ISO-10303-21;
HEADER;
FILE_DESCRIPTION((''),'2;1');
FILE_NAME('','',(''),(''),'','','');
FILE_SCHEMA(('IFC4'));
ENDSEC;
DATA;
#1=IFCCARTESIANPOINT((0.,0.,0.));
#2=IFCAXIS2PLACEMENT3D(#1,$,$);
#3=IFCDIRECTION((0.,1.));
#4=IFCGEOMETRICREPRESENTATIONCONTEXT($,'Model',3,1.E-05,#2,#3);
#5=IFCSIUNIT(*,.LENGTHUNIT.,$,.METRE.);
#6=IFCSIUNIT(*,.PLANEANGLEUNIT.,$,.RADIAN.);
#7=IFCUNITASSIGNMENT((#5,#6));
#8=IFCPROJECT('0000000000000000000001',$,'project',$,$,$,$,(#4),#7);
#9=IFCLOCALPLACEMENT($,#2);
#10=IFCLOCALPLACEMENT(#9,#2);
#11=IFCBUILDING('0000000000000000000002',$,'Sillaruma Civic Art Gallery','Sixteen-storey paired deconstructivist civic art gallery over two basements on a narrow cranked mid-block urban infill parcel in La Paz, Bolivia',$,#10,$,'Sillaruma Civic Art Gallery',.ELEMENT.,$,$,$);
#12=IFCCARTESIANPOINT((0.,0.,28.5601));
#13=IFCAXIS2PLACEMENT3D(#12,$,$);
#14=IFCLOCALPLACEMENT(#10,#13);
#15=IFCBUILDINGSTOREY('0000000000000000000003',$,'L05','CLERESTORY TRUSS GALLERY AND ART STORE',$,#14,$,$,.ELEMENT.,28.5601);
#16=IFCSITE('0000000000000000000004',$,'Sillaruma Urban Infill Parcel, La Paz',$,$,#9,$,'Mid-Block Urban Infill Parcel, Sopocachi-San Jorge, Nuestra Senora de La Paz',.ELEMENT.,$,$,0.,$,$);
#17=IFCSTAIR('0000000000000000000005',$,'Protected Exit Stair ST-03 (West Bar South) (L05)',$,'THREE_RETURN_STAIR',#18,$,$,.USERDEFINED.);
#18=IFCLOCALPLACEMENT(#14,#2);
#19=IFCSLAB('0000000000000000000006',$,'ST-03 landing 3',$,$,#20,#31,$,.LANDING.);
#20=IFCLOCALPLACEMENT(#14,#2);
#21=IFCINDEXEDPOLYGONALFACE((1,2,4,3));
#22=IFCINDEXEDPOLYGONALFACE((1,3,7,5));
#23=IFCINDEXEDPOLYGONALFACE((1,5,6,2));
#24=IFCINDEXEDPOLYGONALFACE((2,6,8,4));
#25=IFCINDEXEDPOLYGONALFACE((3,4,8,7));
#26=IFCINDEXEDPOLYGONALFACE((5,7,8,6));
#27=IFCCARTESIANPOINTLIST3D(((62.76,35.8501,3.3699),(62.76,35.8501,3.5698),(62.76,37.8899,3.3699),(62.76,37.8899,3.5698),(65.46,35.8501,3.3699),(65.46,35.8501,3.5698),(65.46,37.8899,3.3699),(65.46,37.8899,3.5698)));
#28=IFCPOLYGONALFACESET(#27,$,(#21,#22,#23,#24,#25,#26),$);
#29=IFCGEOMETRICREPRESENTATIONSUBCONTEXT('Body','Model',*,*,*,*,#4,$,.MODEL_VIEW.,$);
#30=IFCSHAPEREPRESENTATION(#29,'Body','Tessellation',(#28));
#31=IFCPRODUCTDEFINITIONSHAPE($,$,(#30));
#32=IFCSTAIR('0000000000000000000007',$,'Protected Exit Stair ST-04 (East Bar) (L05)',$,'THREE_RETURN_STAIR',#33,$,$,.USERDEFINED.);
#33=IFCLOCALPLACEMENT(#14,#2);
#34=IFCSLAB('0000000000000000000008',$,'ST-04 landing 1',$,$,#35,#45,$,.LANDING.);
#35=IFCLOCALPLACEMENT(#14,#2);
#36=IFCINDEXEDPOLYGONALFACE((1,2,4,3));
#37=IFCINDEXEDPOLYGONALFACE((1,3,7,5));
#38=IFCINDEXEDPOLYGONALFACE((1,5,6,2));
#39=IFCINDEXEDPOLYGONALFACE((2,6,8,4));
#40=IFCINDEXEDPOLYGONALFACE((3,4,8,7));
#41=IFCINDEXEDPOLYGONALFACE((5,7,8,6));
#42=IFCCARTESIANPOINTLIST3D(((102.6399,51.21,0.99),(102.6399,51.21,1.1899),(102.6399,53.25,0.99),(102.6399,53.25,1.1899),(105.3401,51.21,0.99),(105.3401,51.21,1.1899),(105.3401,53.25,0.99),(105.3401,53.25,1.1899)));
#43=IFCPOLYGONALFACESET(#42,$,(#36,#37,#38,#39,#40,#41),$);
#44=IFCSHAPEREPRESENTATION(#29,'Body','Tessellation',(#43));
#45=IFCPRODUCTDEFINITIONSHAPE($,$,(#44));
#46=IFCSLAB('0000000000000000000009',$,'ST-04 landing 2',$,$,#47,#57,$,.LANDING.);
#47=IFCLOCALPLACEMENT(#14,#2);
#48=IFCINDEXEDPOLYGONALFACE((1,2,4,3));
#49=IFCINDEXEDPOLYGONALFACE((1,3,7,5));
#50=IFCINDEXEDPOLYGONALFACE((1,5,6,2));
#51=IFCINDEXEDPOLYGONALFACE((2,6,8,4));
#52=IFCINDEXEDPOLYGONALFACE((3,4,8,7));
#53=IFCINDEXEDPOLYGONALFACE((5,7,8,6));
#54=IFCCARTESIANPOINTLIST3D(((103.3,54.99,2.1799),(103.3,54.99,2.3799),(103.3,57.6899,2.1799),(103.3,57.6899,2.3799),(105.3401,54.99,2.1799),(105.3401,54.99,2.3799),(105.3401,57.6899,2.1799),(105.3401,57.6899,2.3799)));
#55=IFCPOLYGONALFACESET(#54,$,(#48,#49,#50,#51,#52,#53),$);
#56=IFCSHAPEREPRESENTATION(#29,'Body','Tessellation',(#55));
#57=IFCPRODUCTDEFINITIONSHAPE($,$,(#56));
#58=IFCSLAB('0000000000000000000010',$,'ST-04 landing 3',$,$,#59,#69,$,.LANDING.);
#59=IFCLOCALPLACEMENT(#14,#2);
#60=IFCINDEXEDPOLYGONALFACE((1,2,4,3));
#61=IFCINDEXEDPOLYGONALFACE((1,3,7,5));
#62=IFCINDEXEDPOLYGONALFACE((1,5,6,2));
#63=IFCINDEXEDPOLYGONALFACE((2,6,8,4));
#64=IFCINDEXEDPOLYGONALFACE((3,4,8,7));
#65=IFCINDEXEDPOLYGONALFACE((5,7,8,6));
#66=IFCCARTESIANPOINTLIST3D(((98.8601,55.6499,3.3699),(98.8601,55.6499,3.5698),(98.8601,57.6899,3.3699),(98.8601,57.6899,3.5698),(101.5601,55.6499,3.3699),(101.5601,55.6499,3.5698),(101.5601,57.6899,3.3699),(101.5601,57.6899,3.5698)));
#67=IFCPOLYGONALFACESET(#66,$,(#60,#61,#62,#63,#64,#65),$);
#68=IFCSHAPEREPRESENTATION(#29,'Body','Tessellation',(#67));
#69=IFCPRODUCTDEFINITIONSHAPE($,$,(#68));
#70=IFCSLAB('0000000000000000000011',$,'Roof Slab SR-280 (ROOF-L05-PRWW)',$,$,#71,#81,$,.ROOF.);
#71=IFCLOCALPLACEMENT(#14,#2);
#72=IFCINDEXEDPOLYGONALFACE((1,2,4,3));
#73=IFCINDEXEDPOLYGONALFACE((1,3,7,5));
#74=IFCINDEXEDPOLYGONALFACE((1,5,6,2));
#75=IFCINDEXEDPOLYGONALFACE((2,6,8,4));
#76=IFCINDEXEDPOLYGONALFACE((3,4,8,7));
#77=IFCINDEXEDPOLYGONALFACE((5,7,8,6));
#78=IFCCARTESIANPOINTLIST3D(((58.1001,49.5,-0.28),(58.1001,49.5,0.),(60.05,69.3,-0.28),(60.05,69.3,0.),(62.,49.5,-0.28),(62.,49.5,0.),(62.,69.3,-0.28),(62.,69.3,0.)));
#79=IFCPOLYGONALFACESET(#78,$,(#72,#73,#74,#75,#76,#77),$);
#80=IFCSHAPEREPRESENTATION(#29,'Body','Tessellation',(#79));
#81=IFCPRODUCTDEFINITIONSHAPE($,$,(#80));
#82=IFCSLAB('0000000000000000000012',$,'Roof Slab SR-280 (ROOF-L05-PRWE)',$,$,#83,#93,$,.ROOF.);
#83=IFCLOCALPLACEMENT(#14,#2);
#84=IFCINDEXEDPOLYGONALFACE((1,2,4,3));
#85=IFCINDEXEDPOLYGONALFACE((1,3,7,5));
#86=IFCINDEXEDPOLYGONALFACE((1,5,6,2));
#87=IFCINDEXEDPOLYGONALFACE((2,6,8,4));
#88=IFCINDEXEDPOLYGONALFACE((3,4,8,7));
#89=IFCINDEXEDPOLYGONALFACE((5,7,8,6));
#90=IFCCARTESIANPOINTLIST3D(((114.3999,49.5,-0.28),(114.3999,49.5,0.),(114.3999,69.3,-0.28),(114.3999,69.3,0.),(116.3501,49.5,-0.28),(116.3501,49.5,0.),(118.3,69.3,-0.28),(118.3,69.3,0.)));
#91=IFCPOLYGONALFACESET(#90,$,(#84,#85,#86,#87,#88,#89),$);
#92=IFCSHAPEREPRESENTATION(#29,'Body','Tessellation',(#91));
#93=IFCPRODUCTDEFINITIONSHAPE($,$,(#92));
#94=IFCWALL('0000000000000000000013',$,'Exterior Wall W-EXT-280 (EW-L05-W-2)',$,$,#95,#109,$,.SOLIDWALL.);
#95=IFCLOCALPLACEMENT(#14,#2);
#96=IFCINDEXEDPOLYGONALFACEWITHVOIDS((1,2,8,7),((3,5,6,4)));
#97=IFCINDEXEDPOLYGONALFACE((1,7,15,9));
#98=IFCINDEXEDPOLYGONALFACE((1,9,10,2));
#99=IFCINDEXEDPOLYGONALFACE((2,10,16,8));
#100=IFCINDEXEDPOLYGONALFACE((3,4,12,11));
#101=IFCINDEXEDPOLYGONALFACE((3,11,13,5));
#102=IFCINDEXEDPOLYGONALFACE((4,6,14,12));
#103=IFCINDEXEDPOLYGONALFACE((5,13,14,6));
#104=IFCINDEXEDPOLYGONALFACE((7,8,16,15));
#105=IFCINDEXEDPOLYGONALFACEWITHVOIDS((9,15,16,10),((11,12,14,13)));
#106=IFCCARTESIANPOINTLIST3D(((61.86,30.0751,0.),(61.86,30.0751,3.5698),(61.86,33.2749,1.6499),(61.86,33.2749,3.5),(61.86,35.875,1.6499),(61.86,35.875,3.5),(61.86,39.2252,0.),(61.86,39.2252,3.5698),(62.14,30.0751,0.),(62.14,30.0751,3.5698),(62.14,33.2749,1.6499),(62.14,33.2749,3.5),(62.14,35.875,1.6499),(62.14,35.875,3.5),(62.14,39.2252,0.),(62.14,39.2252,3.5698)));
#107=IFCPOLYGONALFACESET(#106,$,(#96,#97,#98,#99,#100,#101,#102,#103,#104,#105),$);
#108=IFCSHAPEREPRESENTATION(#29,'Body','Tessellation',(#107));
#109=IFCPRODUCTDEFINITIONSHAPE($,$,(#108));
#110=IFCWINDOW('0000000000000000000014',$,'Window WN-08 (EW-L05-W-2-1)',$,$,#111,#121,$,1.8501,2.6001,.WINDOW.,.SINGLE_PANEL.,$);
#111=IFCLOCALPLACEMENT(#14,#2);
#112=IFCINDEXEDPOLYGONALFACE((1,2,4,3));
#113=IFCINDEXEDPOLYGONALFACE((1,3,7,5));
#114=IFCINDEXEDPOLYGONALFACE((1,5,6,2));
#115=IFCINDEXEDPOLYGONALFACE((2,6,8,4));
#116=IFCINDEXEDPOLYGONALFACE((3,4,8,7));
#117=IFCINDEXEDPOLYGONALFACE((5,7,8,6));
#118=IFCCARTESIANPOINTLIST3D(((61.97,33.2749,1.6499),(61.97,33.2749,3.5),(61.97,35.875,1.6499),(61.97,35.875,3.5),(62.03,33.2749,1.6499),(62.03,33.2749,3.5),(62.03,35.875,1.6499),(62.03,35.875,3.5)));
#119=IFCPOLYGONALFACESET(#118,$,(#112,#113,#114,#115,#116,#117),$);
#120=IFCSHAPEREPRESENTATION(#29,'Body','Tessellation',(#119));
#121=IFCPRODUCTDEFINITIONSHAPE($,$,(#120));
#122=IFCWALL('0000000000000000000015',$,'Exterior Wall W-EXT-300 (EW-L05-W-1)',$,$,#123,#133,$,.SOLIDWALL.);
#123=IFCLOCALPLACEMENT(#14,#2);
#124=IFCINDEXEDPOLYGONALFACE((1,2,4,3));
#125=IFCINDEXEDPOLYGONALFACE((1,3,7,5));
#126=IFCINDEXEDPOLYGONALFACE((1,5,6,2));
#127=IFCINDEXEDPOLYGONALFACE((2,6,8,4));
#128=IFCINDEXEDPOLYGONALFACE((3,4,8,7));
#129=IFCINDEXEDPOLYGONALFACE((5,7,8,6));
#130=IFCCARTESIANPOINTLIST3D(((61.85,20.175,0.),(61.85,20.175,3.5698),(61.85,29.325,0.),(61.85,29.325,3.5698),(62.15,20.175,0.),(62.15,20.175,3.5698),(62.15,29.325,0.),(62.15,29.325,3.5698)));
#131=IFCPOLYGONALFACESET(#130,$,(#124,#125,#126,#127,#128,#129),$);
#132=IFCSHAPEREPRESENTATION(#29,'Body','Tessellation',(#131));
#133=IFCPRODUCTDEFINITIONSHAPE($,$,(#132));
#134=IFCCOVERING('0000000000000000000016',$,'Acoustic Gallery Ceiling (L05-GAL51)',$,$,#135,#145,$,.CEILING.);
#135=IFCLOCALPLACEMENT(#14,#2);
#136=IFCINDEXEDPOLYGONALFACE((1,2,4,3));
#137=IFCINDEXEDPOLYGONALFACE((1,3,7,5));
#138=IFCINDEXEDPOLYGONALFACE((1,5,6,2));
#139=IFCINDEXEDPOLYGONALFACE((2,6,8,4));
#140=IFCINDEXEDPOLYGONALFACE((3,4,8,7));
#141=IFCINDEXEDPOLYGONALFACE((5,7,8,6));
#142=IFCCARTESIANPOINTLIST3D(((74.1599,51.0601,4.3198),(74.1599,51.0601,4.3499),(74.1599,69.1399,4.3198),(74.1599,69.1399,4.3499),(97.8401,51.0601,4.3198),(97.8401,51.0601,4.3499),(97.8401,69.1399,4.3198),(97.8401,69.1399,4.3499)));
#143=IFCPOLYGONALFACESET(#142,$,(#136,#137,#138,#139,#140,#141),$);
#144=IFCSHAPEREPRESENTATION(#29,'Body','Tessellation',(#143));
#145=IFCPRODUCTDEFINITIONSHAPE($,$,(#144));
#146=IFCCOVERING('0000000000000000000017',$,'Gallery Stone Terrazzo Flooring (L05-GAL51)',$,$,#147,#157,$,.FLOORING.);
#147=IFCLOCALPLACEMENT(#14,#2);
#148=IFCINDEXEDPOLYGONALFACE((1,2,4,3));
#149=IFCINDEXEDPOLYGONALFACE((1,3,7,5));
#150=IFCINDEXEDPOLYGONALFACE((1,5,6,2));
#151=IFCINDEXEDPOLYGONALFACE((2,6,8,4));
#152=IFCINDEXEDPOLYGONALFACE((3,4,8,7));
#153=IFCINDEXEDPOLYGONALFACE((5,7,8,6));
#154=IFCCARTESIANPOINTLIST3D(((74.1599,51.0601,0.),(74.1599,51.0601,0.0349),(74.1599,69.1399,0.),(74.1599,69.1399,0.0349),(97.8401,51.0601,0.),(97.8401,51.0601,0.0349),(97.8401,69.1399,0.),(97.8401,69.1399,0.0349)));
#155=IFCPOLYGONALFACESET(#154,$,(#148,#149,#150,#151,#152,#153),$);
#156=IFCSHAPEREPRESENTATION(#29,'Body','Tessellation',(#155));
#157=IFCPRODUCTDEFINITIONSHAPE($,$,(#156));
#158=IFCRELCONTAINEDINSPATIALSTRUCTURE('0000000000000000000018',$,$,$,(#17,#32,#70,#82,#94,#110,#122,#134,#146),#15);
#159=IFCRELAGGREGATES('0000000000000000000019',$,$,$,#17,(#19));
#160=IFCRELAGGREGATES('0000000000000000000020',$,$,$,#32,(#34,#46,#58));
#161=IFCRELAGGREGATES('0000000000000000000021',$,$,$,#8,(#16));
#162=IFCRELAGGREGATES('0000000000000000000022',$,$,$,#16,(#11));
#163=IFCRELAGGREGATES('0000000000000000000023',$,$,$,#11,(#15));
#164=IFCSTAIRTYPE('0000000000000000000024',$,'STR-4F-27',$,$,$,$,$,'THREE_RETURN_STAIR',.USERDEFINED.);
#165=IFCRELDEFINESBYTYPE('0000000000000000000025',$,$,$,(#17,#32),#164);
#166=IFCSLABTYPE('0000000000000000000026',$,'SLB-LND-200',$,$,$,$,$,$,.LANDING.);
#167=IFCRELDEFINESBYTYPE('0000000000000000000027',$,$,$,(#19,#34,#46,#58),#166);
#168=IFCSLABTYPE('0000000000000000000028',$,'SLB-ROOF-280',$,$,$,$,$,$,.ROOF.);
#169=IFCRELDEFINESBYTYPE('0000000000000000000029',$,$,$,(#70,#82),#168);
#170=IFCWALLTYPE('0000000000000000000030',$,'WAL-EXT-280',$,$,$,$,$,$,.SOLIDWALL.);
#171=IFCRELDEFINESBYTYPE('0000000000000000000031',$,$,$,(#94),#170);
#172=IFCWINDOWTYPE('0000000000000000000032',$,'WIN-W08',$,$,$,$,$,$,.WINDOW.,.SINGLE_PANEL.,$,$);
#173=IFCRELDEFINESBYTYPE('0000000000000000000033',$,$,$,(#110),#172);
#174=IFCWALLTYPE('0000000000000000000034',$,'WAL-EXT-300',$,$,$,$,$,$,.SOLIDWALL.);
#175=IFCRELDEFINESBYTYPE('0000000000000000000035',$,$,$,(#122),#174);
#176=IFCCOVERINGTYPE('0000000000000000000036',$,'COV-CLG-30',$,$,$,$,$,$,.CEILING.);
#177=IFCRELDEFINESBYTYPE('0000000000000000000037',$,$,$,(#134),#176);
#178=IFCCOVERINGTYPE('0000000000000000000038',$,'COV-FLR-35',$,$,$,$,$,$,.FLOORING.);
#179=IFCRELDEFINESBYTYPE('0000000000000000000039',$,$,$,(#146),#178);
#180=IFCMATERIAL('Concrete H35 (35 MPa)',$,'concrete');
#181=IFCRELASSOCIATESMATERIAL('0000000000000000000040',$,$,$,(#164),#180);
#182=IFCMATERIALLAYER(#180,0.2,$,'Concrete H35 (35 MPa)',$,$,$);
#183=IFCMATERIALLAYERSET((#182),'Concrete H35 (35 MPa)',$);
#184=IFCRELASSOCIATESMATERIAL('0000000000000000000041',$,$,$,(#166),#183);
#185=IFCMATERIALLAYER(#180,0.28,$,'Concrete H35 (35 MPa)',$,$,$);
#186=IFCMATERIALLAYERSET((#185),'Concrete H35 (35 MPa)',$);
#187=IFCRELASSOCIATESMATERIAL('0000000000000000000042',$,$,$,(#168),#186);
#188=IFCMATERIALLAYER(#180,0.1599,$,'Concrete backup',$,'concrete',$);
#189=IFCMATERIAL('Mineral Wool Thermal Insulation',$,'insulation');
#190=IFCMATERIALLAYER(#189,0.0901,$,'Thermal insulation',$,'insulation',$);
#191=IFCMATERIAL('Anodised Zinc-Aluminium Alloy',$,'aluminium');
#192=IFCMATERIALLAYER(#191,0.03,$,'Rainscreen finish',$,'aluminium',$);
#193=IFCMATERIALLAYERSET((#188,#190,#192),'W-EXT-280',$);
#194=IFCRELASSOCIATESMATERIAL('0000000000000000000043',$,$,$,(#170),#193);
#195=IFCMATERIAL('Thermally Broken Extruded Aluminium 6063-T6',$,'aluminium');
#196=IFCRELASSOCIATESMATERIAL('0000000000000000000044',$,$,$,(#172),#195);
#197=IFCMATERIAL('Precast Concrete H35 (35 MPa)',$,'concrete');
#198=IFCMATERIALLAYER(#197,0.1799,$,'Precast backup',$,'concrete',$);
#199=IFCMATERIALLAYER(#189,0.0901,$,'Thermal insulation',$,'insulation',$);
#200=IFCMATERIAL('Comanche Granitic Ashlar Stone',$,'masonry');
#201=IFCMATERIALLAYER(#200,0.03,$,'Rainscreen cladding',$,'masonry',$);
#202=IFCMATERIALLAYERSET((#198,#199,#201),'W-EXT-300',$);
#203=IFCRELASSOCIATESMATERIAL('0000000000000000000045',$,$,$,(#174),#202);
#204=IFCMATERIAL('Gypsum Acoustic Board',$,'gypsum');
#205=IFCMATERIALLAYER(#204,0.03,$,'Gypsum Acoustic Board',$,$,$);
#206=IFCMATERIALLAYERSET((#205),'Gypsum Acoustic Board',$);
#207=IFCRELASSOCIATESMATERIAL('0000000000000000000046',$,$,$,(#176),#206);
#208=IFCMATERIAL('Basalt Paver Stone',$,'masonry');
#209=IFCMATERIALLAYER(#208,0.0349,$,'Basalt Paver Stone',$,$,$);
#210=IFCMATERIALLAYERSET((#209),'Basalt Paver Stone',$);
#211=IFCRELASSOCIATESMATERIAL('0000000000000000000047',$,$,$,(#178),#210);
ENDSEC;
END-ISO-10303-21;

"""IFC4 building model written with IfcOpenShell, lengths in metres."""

from ifc_helpers import new_model, si_unit, direction, frame, frame_2d, origin, place, context, subcontext, project, spatial, polyline, rectangle, outline, extrude, material, layer, layer_set, type_object, element, fill, aggregate, save


model = new_model("IFC4")

# Units and contexts
model_context = context("Model", 3, precision=1e-05, world=origin(), true_north=direction((0.0, 1.0)))
body_context = subcontext(model_context, "Body", "Model", "MODEL_VIEW")
ifc_project = project(units=[si_unit("LENGTHUNIT", "METRE"), si_unit("PLANEANGLEUNIT", "RADIAN")], contexts=[model_context])

# Site, building, storey
site_placement = place(None, origin())
site = spatial("IfcSite", under=ifc_project, at=site_placement, Name="Sillaruma Urban Infill Parcel, La Paz", LongName="Mid-Block Urban Infill Parcel, Sopocachi-San Jorge, Nuestra Senora de La Paz", CompositionType="ELEMENT", RefElevation=0.0)
building_placement = place(site_placement, origin())
building = spatial("IfcBuilding", under=site, at=building_placement, Name="Sillaruma Civic Art Gallery", Description="Sixteen-storey paired deconstructivist civic art gallery over two basements on a narrow cranked mid-block urban infill parcel in La Paz, Bolivia", LongName="Sillaruma Civic Art Gallery", CompositionType="ELEMENT")
storey_placement = place(building_placement, frame((0.0, 0.0, 28.5601)))
storey = spatial("IfcBuildingStorey", under=building, at=storey_placement, Name="L05", Description="CLERESTORY TRUSS GALLERY AND ART STORE", CompositionType="ELEMENT", Elevation=28.5601)

# Shared definitions
ifc_material_1 = material(Name="Concrete H35 (35 MPa)", Category="concrete")

# Shared definitions
ifc_material_2 = material(Name="Thermally Broken Extruded Aluminium 6063-T6", Category="aluminium")

# Stairs, slabs
stair_type_1 = type_object("IfcStairType", Name="STR-4F-27", ElementType="THREE_RETURN_STAIR", PredefinedType="USERDEFINED", material=ifc_material_1)
ifc_layer_1 = layer(ifc_material_1, 0.2, Name="Concrete H35 (35 MPa)")
ifc_layer_set_1 = layer_set([ifc_layer_1], Name="Concrete H35 (35 MPa)")
slab_type_1 = type_object("IfcSlabType", Name="SLB-LND-200", PredefinedType="LANDING", material=ifc_layer_set_1)
stair_1_placement = place(storey_placement, origin())
stair_1 = element("IfcStair", 1, at=stair_1_placement, inside=storey, type_object=stair_type_1, Name="Protected Exit Stair ST-03 (West Bar South) (L05)", ObjectType="THREE_RETURN_STAIR", PredefinedType="USERDEFINED")
slab_1_placement = place(storey_placement, frame((0.0, 0.0, 3.3699)))
slab_1 = element("IfcSlab", 2, at=slab_1_placement, type_object=slab_type_1, Name="ST-03 landing 3", PredefinedType="LANDING", context=body_context, shape_type="SweptSolid", body=[
    extrude(outline(polyline([(62.76, 35.8501), (65.46, 35.8501), (65.46, 37.8899), (62.76, 37.8899), (62.76, 35.8501)])), origin(), (0.0, 0.0, 1.0), 0.2),
])
aggregate(stair_1, [slab_1])
stair_2_placement = place(storey_placement, origin())
stair_2 = element("IfcStair", 3, at=stair_2_placement, inside=storey, type_object=stair_type_1, Name="Protected Exit Stair ST-04 (East Bar) (L05)", ObjectType="THREE_RETURN_STAIR", PredefinedType="USERDEFINED")
slab_2_placement = place(storey_placement, frame((0.0, 0.0, 0.99)))
slab_2 = element("IfcSlab", 4, at=slab_2_placement, type_object=slab_type_1, Name="ST-04 landing 1", PredefinedType="LANDING", context=body_context, shape_type="SweptSolid", body=[
    extrude(outline(polyline([(102.6399, 51.21), (105.3401, 51.21), (105.3401, 53.25), (102.6399, 53.25), (102.6399, 51.21)])), origin(), (0.0, 0.0, 1.0), 0.2),
])
slab_3_placement = place(storey_placement, frame((0.0, 0.0, 2.1799)))
slab_3 = element("IfcSlab", 5, at=slab_3_placement, type_object=slab_type_1, Name="ST-04 landing 2", PredefinedType="LANDING", context=body_context, shape_type="SweptSolid", body=[
    extrude(outline(polyline([(103.3, 54.99), (105.3401, 54.99), (105.3401, 57.6899), (103.3, 57.6899), (103.3, 54.99)])), origin(), (0.0, 0.0, 1.0), 0.2),
])
slab_4_placement = place(storey_placement, frame((0.0, 0.0, 3.3699)))
slab_4 = element("IfcSlab", 6, at=slab_4_placement, type_object=slab_type_1, Name="ST-04 landing 3", PredefinedType="LANDING", context=body_context, shape_type="SweptSolid", body=[
    extrude(outline(polyline([(98.8601, 55.6499), (101.5601, 55.6499), (101.5601, 57.6899), (98.8601, 57.6899), (98.8601, 55.6499)])), origin(), (0.0, 0.0, 1.0), 0.2),
])
aggregate(stair_2, [slab_2, slab_3, slab_4])

# Slabs
ifc_layer_2 = layer(ifc_material_1, 0.28, Name="Concrete H35 (35 MPa)")
ifc_layer_set_2 = layer_set([ifc_layer_2], Name="Concrete H35 (35 MPa)")
slab_type_2 = type_object("IfcSlabType", Name="SLB-ROOF-280", PredefinedType="ROOF", material=ifc_layer_set_2)
slab_5_placement = place(storey_placement, frame((0.0, 0.0, -0.28)))
element("IfcSlab", 7, at=slab_5_placement, inside=storey, type_object=slab_type_2, Name="Roof Slab SR-280 (ROOF-L05-PRWW)", PredefinedType="ROOF", context=body_context, shape_type="SweptSolid", body=[
    extrude(outline(polyline([(62.0, 49.5), (62.0, 69.3), (60.05, 69.3), (58.1001, 49.5), (62.0, 49.5)])), origin(), (0.0, 0.0, 1.0), 0.28),
])
slab_6_placement = place(storey_placement, frame((0.0, 0.0, -0.28)))
element("IfcSlab", 8, at=slab_6_placement, inside=storey, type_object=slab_type_2, Name="Roof Slab SR-280 (ROOF-L05-PRWE)", PredefinedType="ROOF", context=body_context, shape_type="SweptSolid", body=[
    extrude(outline(polyline([(114.3999, 49.5), (116.3501, 49.5), (118.3, 69.3), (114.3999, 69.3), (114.3999, 49.5)])), origin(), (0.0, 0.0, 1.0), 0.28),
])

# Wall, opening, window
ifc_layer_3 = layer(ifc_material_1, 0.1599, Name="Concrete backup", Category="concrete")
ifc_material_3 = material(Name="Mineral Wool Thermal Insulation", Category="insulation")
ifc_layer_4 = layer(ifc_material_3, 0.0901, Name="Thermal insulation", Category="insulation")
ifc_material_4 = material(Name="Anodised Zinc-Aluminium Alloy", Category="aluminium")
ifc_layer_5 = layer(ifc_material_4, 0.03, Name="Rainscreen finish", Category="aluminium")
ifc_layer_set_3 = layer_set([ifc_layer_3, ifc_layer_4, ifc_layer_5], Name="W-EXT-280")
wall_type_1 = type_object("IfcWallType", Name="WAL-EXT-280", PredefinedType="SOLIDWALL", material=ifc_layer_set_3)
wall_1_placement = place(storey_placement, frame((62.0, 30.075, 0.0), z_axis=(0.0, 0.0, 1.0), x_axis=(0.0, 1.0, 0.0)))
wall_1 = element("IfcWall", 9, at=wall_1_placement, inside=storey, type_object=wall_type_1, Name="Exterior Wall W-EXT-280 (EW-L05-W-2)", PredefinedType="SOLIDWALL", context=body_context, shape_type="SweptSolid", body=[
    extrude(rectangle(XDim=9.1501, YDim=0.28, at=frame_2d((4.5752, 0.0))), origin(), (0.0, 0.0, 1.0), 3.5698),
])
opening_placement = place(wall_1_placement, frame((3.2, 0.0, 1.6499)))
opening = element("IfcOpeningElement", 10, at=opening_placement, cuts=wall_1, PredefinedType="OPENING", context=body_context, shape_type="SweptSolid", body=[
    extrude(rectangle(XDim=2.6001, YDim=1.8501, at=frame_2d((1.3, 0.925))), frame((0.0, 0.1499, 0.0), z_axis=(0.0, -1.0, 0.0), x_axis=(1.0, 0.0, 0.0)), (0.0, 0.0, 1.0), 0.3),
])
window_type = type_object("IfcWindowType", Name="WIN-W08", PartitioningType="SINGLE_PANEL", PredefinedType="WINDOW", material=ifc_material_2)
window_placement = place(opening_placement, origin())
window = element("IfcWindow", 11, at=window_placement, inside=storey, type_object=window_type, Name="Window WN-08 (EW-L05-W-2-1)", OverallHeight=1.8501, OverallWidth=2.6001, PartitioningType="SINGLE_PANEL", PredefinedType="WINDOW", context=body_context, shape_type="SweptSolid", body=[
    extrude(rectangle(XDim=2.6001, YDim=1.8501, at=frame_2d((1.3, 0.925))), frame((0.0, 0.03, 0.0), z_axis=(0.0, -1.0, 0.0), x_axis=(1.0, 0.0, 0.0)), (0.0, 0.0, 1.0), 0.0601),
])
fill(opening, window)

# Wall
ifc_material_5 = material(Name="Precast Concrete H35 (35 MPa)", Category="concrete")
ifc_layer_6 = layer(ifc_material_5, 0.1799, Name="Precast backup", Category="concrete")
ifc_layer_7 = layer(ifc_material_3, 0.0901, Name="Thermal insulation", Category="insulation")
ifc_material_6 = material(Name="Comanche Granitic Ashlar Stone", Category="masonry")
ifc_layer_8 = layer(ifc_material_6, 0.03, Name="Rainscreen cladding", Category="masonry")
ifc_layer_set_4 = layer_set([ifc_layer_6, ifc_layer_7, ifc_layer_8], Name="W-EXT-300")
wall_type_2 = type_object("IfcWallType", Name="WAL-EXT-300", PredefinedType="SOLIDWALL", material=ifc_layer_set_4)
wall_2_placement = place(storey_placement, frame((62.0, 20.175, 0.0), z_axis=(0.0, 0.0, 1.0), x_axis=(0.0, 1.0, 0.0)))
element("IfcWall", 12, at=wall_2_placement, inside=storey, type_object=wall_type_2, Name="Exterior Wall W-EXT-300 (EW-L05-W-1)", PredefinedType="SOLIDWALL", context=body_context, shape_type="SweptSolid", body=[
    extrude(rectangle(XDim=9.1499, YDim=0.3, at=frame_2d((4.575, 0.0))), origin(), (0.0, 0.0, 1.0), 3.5698),
])

# Coverings
ifc_material_7 = material(Name="Gypsum Acoustic Board", Category="gypsum")
ifc_layer_9 = layer(ifc_material_7, 0.03, Name="Gypsum Acoustic Board")
ifc_layer_set_5 = layer_set([ifc_layer_9], Name="Gypsum Acoustic Board")
covering_type_1 = type_object("IfcCoveringType", Name="COV-CLG-30", PredefinedType="CEILING", material=ifc_layer_set_5)
covering_1_placement = place(storey_placement, frame((0.0, 0.0, 4.3198)))
element("IfcCovering", 13, at=covering_1_placement, inside=storey, type_object=covering_type_1, Name="Acoustic Gallery Ceiling (L05-GAL51)", PredefinedType="CEILING", context=body_context, shape_type="SweptSolid", body=[
    extrude(outline(polyline([(74.1599, 51.0601), (97.8401, 51.0601), (97.8401, 69.1399), (74.1599, 69.1399), (74.1599, 51.0601)])), origin(), (0.0, 0.0, 1.0), 0.03),
])
ifc_material_8 = material(Name="Basalt Paver Stone", Category="masonry")
ifc_layer_10 = layer(ifc_material_8, 0.0349, Name="Basalt Paver Stone")
ifc_layer_set_6 = layer_set([ifc_layer_10], Name="Basalt Paver Stone")
covering_type_2 = type_object("IfcCoveringType", Name="COV-FLR-35", PredefinedType="FLOORING", material=ifc_layer_set_6)
covering_2_placement = place(storey_placement, origin())
element("IfcCovering", 14, at=covering_2_placement, inside=storey, type_object=covering_type_2, Name="Gallery Stone Terrazzo Flooring (L05-GAL51)", PredefinedType="FLOORING", context=body_context, shape_type="SweptSolid", body=[
    extrude(outline(polyline([(74.1599, 51.0601), (97.8401, 51.0601), (97.8401, 69.1399), (74.1599, 69.1399), (74.1599, 51.0601)])), origin(), (0.0, 0.0, 1.0), 0.0349),
])

save(model, "model.ifc")
